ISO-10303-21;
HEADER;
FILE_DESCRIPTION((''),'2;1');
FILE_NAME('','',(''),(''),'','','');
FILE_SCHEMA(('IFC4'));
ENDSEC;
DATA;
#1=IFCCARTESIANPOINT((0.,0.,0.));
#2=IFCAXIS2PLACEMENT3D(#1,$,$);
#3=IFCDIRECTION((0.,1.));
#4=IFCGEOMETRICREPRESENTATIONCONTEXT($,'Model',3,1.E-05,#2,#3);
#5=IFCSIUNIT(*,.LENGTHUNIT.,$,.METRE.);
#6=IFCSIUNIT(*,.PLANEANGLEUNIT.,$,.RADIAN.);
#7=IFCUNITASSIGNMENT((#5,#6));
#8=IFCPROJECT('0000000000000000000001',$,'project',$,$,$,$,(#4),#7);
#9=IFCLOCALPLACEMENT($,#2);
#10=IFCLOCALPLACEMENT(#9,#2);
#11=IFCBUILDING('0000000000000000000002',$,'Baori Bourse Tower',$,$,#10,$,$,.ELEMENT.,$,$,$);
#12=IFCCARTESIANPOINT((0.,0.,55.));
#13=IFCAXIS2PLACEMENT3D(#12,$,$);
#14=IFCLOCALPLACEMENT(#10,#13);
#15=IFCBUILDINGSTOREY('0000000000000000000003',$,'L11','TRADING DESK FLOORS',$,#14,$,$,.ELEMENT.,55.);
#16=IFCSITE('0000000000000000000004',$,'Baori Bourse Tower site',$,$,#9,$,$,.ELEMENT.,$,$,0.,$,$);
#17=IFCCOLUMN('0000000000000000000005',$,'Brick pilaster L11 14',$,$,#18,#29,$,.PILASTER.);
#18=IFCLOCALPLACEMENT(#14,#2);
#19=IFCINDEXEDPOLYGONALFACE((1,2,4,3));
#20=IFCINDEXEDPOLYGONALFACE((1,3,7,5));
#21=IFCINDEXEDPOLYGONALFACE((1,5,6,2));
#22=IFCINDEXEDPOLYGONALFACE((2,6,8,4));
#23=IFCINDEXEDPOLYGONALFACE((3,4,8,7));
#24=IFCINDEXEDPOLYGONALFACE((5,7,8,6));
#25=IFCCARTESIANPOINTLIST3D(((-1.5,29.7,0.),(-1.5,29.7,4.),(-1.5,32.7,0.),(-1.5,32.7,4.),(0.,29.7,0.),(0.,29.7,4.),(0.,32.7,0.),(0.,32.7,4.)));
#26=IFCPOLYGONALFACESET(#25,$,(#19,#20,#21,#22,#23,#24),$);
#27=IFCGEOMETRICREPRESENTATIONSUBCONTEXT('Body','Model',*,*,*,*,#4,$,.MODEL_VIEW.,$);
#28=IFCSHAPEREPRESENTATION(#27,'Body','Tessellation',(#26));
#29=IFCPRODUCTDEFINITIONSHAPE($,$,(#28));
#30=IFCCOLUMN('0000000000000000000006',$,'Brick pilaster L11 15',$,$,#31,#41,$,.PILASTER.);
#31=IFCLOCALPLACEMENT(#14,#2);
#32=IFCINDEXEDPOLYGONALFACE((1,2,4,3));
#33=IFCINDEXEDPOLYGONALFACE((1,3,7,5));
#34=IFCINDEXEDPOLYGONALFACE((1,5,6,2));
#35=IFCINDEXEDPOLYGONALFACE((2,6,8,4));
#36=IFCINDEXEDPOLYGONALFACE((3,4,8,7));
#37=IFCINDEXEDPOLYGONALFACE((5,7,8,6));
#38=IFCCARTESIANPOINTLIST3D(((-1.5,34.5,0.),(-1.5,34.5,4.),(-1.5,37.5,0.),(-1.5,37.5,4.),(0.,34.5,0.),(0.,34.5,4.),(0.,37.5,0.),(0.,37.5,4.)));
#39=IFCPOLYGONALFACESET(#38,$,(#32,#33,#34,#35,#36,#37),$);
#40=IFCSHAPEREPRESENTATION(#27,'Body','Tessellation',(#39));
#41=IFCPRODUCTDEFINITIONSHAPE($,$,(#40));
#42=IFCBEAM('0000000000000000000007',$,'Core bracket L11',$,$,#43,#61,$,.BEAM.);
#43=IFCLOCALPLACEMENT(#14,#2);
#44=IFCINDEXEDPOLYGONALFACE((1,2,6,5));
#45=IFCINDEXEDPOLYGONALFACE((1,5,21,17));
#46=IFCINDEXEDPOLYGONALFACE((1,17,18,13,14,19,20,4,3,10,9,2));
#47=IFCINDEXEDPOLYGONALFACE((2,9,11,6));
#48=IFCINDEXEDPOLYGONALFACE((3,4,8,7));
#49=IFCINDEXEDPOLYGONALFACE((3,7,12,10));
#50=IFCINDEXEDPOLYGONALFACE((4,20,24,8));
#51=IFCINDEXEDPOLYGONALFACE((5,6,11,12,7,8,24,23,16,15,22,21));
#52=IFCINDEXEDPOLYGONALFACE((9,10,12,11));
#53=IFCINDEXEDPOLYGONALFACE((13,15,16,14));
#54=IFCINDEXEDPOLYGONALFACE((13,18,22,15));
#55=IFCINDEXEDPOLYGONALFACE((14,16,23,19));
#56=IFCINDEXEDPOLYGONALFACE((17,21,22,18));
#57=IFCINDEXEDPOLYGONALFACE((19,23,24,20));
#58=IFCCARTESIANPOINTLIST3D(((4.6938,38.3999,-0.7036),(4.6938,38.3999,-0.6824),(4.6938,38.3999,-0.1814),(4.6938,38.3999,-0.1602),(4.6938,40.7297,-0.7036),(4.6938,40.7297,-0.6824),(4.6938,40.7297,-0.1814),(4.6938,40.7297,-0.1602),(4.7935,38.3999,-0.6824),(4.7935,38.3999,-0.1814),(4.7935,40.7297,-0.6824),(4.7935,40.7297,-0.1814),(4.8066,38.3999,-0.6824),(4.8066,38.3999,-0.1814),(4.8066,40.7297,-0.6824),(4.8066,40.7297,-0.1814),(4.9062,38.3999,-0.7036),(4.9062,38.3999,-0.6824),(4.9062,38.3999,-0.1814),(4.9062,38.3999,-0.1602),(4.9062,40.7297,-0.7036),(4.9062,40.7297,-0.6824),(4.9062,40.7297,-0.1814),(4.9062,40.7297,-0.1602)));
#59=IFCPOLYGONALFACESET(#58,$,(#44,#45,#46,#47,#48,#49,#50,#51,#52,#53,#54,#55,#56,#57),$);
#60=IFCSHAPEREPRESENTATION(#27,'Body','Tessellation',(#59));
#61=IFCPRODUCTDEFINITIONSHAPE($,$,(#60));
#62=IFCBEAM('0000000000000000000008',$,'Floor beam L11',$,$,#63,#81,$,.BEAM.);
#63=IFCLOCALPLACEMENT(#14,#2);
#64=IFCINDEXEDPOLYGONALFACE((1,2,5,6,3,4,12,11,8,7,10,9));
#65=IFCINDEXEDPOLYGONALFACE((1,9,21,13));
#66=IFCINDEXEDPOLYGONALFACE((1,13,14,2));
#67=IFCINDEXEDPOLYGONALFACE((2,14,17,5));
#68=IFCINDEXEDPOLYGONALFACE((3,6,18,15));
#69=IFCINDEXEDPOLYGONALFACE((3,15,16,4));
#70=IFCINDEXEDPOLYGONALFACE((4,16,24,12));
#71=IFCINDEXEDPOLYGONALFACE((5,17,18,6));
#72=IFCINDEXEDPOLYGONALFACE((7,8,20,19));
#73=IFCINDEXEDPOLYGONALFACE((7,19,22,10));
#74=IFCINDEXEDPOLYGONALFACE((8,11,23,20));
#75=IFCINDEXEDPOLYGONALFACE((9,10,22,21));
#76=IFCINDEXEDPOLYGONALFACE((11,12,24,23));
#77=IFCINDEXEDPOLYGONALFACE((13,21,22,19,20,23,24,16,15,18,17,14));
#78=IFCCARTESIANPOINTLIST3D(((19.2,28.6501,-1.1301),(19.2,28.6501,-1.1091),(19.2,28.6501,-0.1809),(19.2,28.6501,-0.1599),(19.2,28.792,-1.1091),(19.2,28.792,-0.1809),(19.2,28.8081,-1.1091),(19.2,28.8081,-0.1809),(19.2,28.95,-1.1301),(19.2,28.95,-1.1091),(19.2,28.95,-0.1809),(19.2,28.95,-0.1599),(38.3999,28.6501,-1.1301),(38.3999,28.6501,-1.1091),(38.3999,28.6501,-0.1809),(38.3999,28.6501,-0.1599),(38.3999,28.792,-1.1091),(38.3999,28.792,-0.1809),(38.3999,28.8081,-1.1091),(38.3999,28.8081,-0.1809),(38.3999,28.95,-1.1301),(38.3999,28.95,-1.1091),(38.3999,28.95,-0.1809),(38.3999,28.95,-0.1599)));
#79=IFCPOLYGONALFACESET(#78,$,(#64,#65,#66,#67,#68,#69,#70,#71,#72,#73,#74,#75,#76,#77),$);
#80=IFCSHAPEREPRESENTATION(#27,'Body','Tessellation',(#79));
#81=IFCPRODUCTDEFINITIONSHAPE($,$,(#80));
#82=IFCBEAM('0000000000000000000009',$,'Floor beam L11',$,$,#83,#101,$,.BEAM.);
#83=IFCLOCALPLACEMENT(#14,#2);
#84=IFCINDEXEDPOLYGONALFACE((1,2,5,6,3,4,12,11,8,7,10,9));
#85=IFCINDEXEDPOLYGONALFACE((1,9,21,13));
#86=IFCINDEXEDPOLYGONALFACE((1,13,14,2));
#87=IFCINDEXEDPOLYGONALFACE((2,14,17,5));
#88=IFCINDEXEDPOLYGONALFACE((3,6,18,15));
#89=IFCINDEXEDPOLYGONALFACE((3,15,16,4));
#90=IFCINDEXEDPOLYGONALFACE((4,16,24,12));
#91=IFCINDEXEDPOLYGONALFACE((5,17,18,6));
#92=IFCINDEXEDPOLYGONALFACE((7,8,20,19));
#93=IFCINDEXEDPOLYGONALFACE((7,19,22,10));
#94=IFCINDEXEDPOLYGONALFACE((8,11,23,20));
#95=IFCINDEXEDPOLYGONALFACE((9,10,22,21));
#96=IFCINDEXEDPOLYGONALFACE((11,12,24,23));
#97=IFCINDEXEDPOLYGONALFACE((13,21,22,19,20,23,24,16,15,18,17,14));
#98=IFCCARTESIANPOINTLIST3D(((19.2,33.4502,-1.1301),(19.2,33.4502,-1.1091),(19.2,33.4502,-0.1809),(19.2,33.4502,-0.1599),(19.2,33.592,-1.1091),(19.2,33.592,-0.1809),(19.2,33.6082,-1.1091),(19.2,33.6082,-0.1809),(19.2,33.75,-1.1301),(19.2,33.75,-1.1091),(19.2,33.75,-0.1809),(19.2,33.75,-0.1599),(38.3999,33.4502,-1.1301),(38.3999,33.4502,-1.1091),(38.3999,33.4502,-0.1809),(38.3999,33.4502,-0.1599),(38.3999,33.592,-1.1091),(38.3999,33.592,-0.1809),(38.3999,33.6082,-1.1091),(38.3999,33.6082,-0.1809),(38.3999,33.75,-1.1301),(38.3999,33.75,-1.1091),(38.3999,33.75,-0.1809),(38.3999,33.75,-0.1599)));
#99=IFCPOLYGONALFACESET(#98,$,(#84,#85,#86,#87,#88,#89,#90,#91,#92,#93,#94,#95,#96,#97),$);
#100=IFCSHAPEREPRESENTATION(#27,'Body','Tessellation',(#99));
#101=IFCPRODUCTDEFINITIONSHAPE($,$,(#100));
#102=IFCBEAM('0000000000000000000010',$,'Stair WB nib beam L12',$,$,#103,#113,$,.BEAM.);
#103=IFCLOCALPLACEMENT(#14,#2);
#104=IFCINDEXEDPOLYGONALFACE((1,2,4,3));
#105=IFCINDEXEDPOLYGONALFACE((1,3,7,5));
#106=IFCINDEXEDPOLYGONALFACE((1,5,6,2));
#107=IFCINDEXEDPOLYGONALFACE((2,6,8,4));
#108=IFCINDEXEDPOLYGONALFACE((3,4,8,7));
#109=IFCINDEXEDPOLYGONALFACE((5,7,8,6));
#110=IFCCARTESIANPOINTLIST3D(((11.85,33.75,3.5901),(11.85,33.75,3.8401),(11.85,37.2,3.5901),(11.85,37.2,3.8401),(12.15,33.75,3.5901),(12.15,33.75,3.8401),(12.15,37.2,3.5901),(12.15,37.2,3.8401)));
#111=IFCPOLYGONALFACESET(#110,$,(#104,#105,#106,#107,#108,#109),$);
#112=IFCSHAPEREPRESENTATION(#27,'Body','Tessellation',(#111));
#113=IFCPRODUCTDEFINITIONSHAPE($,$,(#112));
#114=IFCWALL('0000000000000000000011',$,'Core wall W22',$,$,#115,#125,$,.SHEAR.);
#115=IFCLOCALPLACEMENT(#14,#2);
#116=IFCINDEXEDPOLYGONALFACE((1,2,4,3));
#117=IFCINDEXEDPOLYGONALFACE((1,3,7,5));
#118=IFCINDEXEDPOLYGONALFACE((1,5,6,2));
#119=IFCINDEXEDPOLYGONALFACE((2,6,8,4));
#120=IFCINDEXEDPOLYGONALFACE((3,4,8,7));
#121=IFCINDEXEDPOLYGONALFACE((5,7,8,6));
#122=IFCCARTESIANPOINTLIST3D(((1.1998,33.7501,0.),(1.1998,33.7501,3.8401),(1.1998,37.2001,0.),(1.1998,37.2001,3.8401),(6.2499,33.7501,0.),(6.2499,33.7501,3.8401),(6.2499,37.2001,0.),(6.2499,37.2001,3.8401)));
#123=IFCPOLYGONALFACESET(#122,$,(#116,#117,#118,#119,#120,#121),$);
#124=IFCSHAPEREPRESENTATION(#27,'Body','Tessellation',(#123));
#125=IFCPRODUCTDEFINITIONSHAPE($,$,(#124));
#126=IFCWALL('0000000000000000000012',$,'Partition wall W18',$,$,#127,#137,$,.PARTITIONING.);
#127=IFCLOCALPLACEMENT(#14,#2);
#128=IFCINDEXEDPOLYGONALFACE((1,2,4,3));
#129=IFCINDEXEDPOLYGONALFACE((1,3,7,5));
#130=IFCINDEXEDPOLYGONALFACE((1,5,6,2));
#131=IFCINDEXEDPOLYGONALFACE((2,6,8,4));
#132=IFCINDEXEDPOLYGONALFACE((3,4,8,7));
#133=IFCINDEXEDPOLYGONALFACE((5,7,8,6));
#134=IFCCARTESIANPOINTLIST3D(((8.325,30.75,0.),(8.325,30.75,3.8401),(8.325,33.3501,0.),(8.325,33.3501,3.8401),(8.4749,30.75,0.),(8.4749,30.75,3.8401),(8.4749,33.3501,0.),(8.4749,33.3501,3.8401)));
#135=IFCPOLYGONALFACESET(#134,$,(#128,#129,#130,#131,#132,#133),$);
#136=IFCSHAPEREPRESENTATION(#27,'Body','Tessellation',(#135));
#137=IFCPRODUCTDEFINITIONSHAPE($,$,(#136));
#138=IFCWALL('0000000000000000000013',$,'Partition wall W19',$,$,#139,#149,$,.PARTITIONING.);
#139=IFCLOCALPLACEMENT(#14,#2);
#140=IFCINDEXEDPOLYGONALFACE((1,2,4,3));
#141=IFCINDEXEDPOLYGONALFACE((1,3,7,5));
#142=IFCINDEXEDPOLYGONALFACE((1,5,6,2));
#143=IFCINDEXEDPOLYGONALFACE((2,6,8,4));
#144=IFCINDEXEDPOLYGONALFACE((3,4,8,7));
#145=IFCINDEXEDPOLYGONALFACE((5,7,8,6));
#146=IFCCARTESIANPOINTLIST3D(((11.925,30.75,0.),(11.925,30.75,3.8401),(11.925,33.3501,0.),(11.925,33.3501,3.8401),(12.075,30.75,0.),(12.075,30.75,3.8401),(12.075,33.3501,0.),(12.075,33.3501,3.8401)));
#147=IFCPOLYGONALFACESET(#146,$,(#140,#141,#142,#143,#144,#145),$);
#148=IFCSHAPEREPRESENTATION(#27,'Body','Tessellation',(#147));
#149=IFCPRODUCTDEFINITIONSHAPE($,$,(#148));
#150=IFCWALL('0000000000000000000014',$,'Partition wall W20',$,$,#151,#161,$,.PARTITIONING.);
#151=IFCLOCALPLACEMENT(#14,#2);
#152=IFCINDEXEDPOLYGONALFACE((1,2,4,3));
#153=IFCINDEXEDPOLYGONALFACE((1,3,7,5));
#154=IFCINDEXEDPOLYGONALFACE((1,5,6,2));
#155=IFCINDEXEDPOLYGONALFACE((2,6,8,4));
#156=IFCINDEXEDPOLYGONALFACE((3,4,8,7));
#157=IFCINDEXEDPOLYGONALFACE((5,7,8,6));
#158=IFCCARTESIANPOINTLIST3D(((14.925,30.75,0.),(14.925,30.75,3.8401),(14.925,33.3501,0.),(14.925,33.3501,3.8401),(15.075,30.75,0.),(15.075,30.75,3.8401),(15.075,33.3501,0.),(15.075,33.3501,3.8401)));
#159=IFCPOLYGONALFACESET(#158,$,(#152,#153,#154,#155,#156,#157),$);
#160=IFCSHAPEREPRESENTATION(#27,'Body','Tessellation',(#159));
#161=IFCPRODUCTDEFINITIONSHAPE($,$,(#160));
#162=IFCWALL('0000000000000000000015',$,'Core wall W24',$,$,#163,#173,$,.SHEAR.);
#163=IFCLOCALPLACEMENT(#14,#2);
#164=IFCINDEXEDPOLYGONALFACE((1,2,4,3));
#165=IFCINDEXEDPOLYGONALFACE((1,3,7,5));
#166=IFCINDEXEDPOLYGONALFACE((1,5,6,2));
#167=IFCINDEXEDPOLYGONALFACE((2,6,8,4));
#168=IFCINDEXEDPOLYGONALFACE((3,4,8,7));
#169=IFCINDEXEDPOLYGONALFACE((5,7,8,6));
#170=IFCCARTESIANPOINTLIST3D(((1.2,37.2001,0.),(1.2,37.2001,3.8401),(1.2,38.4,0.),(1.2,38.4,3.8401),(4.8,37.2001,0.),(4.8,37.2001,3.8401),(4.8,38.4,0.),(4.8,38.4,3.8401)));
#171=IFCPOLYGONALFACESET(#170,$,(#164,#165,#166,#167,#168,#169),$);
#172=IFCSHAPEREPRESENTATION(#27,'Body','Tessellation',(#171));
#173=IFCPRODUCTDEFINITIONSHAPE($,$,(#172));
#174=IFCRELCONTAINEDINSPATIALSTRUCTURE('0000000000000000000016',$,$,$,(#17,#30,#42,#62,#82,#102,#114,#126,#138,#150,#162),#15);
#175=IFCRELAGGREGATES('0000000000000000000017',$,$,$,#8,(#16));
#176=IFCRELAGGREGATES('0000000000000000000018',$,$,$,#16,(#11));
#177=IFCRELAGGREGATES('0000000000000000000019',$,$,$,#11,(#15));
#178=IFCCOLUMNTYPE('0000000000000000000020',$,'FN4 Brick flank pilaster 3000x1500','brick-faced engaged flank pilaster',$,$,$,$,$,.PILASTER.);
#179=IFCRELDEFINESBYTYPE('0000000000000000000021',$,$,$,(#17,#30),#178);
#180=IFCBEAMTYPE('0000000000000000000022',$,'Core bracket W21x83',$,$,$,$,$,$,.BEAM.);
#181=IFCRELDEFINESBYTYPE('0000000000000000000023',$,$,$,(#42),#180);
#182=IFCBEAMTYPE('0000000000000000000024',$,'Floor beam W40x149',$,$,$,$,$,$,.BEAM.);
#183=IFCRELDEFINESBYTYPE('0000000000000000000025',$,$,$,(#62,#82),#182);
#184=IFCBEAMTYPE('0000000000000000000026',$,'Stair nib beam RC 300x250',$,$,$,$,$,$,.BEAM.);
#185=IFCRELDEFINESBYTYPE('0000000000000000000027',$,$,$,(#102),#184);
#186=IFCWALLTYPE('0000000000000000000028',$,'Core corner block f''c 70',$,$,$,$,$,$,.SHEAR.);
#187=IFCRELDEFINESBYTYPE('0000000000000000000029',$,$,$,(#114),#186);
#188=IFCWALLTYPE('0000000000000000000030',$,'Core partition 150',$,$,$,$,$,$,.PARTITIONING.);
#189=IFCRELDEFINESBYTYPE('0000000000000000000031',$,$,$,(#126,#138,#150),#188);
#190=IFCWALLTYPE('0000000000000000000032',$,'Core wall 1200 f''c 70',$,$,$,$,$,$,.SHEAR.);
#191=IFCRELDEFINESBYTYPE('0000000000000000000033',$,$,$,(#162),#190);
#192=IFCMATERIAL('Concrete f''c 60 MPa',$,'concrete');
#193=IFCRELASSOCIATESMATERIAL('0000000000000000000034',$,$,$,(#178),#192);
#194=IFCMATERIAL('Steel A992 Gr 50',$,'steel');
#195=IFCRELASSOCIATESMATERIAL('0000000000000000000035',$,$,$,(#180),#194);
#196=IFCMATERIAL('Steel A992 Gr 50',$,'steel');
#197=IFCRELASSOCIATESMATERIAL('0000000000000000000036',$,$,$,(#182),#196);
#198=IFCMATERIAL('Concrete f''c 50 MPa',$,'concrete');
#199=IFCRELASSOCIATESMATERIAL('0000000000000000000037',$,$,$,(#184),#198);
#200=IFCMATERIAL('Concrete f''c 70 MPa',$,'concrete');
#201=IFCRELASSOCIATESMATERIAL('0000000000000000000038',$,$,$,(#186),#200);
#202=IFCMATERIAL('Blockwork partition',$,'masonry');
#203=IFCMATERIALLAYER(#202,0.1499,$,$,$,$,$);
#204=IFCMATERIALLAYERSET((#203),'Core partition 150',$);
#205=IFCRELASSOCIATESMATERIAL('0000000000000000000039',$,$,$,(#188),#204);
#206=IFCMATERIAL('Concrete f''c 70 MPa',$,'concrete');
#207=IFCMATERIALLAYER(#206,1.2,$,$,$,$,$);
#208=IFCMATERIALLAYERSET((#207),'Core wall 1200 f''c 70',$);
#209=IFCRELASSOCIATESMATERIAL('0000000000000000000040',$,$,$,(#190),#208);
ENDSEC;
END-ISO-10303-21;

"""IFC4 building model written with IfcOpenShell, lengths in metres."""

from ifc_helpers import new_model, si_unit, direction, frame, frame_2d, origin, origin_2d, place, context, subcontext, project, spatial, rectangle, i_section, extrude, material, layer, layer_set, material_profile, profile_set, type_object, element, save


model = new_model("IFC4")

# Units and contexts
model_context = context("Model", 3, precision=1e-05, world=origin(), true_north=direction((0.0, 1.0)))
body_context = subcontext(model_context, "Body", "Model", "MODEL_VIEW")
ifc_project = project(units=[si_unit("LENGTHUNIT", "METRE"), si_unit("PLANEANGLEUNIT", "RADIAN")], contexts=[model_context])

# Site, building, storey
site_placement = place(None, origin())
site = spatial("IfcSite", under=ifc_project, at=site_placement, Name="Baori Bourse Tower site", CompositionType="ELEMENT", RefElevation=0.0)
building_placement = place(site_placement, origin())
building = spatial("IfcBuilding", under=site, at=building_placement, Name="Baori Bourse Tower", CompositionType="ELEMENT")
storey_placement = place(building_placement, frame((0.0, 0.0, 55.0)))
storey = spatial("IfcBuildingStorey", under=building, at=storey_placement, Name="L11", Description="TRADING DESK FLOORS", CompositionType="ELEMENT", Elevation=55.0)

# Columns
ifc_material_1 = material(Name="Concrete f'c 60 MPa", Category="concrete")
ifc_material_profile_1 = material_profile(ifc_material_1, rectangle(XDim=3.0, YDim=1.5, at=origin_2d()), Name="RC 3000x1500")
ifc_profile_set_1 = profile_set([ifc_material_profile_1], Name="Concrete f'c 60 MPa")
column_type = type_object("IfcColumnType", Name="FN4 Brick flank pilaster 3000x1500", Description="brick-faced engaged flank pilaster", PredefinedType="PILASTER", material=ifc_profile_set_1)
for number, where, z_axis, x_axis, name in (
    (1, (-0.75, 31.2, 0.0), (0.0, 0.0, 1.0), (0.0, 1.0, 0.0), "Brick pilaster L11 14"),
    (2, (-0.75, 36.0, 0.0), (0.0, 0.0, 1.0), (0.0, 1.0, 0.0), "Brick pilaster L11 15"),
):
    element("IfcColumn", number, at=place(storey_placement, frame(where, z_axis=z_axis, x_axis=x_axis)), inside=storey, type_object=column_type, Name=name, PredefinedType="PILASTER", context=body_context, shape_type="SweptSolid", body=[
        extrude(rectangle(XDim=3.0, YDim=1.5, at=origin_2d()), origin(), (0.0, 0.0, 1.0), 4.0),
    ])

# Beams
ifc_material_2 = material(Name="Steel A992 Gr 50", Category="steel")
ifc_material_profile_2 = material_profile(ifc_material_2, i_section(OverallWidth=0.2124, OverallDepth=0.5435, WebThickness=0.0132, FlangeThickness=0.0212, at=origin_2d()), Name="W21x83")
ifc_profile_set_2 = profile_set([ifc_material_profile_2], Name="Steel A992 Gr 50")
beam_type_1 = type_object("IfcBeamType", Name="Core bracket W21x83", PredefinedType="BEAM", material=ifc_profile_set_2)
beam_1_placement = place(storey_placement, frame((4.8, 38.3999, -0.4319), z_axis=(0.0, 1.0, 0.0), x_axis=(-1.0, 0.0, 0.0)))
element("IfcBeam", 3, at=beam_1_placement, inside=storey, type_object=beam_type_1, Name="Core bracket L11", PredefinedType="BEAM", context=body_context, shape_type="SweptSolid", body=[
    extrude(i_section(OverallWidth=0.2124, OverallDepth=0.5435, WebThickness=0.0132, FlangeThickness=0.0212, at=origin_2d()), origin(), (0.0, 0.0, 1.0), 2.3298),
])
ifc_material_3 = material(Name="Steel A992 Gr 50", Category="steel")
ifc_material_profile_3 = material_profile(ifc_material_3, i_section(OverallWidth=0.2998, OverallDepth=0.9702, WebThickness=0.0161, FlangeThickness=0.021, at=origin_2d()), Name="W40x149")
ifc_profile_set_3 = profile_set([ifc_material_profile_3], Name="Steel A992 Gr 50")
beam_type_2 = type_object("IfcBeamType", Name="Floor beam W40x149", PredefinedType="BEAM", material=ifc_profile_set_3)
for number, where, z_axis, x_axis, name in (
    (4, (19.2, 28.8, -0.645), (1.0, 0.0, 0.0), (0.0, 1.0, 0.0), "Floor beam L11"),
    (5, (19.2, 33.6001, -0.645), (1.0, 0.0, 0.0), (0.0, 1.0, 0.0), "Floor beam L11"),
):
    element("IfcBeam", number, at=place(storey_placement, frame(where, z_axis=z_axis, x_axis=x_axis)), inside=storey, type_object=beam_type_2, Name=name, PredefinedType="BEAM", context=body_context, shape_type="SweptSolid", body=[
        extrude(i_section(OverallWidth=0.2998, OverallDepth=0.9702, WebThickness=0.0161, FlangeThickness=0.021, at=origin_2d()), origin(), (0.0, 0.0, 1.0), 19.2),
    ])
ifc_material_4 = material(Name="Concrete f'c 50 MPa", Category="concrete")
ifc_material_profile_4 = material_profile(ifc_material_4, rectangle(XDim=0.3, YDim=0.25, at=origin_2d()), Name="RC 300x250")
ifc_profile_set_4 = profile_set([ifc_material_profile_4], Name="Concrete f'c 50 MPa")
beam_type_3 = type_object("IfcBeamType", Name="Stair nib beam RC 300x250", PredefinedType="BEAM", material=ifc_profile_set_4)
beam_2_placement = place(storey_placement, frame((12.0, 33.75, 3.7151), z_axis=(0.0, 1.0, 0.0), x_axis=(-1.0, 0.0, 0.0)))
element("IfcBeam", 6, at=beam_2_placement, inside=storey, type_object=beam_type_3, Name="Stair WB nib beam L12", PredefinedType="BEAM", context=body_context, shape_type="SweptSolid", body=[
    extrude(rectangle(XDim=0.3, YDim=0.25, at=origin_2d()), origin(), (0.0, 0.0, 1.0), 3.45),
])

# Walls
ifc_material_5 = material(Name="Concrete f'c 70 MPa", Category="concrete")
wall_type_1 = type_object("IfcWallType", Name="Core corner block f'c 70", PredefinedType="SHEAR", material=ifc_material_5)
wall_1_placement = place(storey_placement, frame((1.2, 35.4751, 0.0), z_axis=(0.0, 0.0, 1.0), x_axis=(1.0, 0.0, 0.0)))
element("IfcWall", 7, at=wall_1_placement, inside=storey, type_object=wall_type_1, Name="Core wall W22", PredefinedType="SHEAR", context=body_context, shape_type="SweptSolid", body=[
    extrude(rectangle(XDim=5.05, YDim=3.45, at=frame_2d((2.5249, 0.0))), origin(), (0.0, 0.0, 1.0), 3.8401),
])
ifc_material_6 = material(Name="Blockwork partition", Category="masonry")
ifc_layer_1 = layer(ifc_material_6, 0.1499)
ifc_layer_set_1 = layer_set([ifc_layer_1], Name="Core partition 150")
wall_type_2 = type_object("IfcWallType", Name="Core partition 150", PredefinedType="PARTITIONING", material=ifc_layer_set_1)
for number, where, z_axis, x_axis, name in (
    (8, (8.3999, 30.75, 0.0), (0.0, 0.0, 1.0), (0.0, 1.0, 0.0), "Partition wall W18"),
    (9, (12.0, 30.75, 0.0), (0.0, 0.0, 1.0), (0.0, 1.0, 0.0), "Partition wall W19"),
    (10, (15.0, 30.75, 0.0), (0.0, 0.0, 1.0), (0.0, 1.0, 0.0), "Partition wall W20"),
):
    element("IfcWall", number, at=place(storey_placement, frame(where, z_axis=z_axis, x_axis=x_axis)), inside=storey, type_object=wall_type_2, Name=name, PredefinedType="PARTITIONING", context=body_context, shape_type="SweptSolid", body=[
        extrude(rectangle(XDim=2.6001, YDim=0.1499, at=frame_2d((1.3, 0.0))), origin(), (0.0, 0.0, 1.0), 3.8401),
    ])
ifc_material_7 = material(Name="Concrete f'c 70 MPa", Category="concrete")
ifc_layer_2 = layer(ifc_material_7, 1.2)
ifc_layer_set_2 = layer_set([ifc_layer_2], Name="Core wall 1200 f'c 70")
wall_type_3 = type_object("IfcWallType", Name="Core wall 1200 f'c 70", PredefinedType="SHEAR", material=ifc_layer_set_2)
wall_2_placement = place(storey_placement, frame((1.2, 37.8, 0.0), z_axis=(0.0, 0.0, 1.0), x_axis=(1.0, 0.0, 0.0)))
element("IfcWall", 11, at=wall_2_placement, inside=storey, type_object=wall_type_3, Name="Core wall W24", PredefinedType="SHEAR", context=body_context, shape_type="SweptSolid", body=[
    extrude(rectangle(XDim=3.6001, YDim=1.2, at=frame_2d((1.8, 0.0))), origin(), (0.0, 0.0, 1.0), 3.8401),
])

save(model, "model.ifc")
